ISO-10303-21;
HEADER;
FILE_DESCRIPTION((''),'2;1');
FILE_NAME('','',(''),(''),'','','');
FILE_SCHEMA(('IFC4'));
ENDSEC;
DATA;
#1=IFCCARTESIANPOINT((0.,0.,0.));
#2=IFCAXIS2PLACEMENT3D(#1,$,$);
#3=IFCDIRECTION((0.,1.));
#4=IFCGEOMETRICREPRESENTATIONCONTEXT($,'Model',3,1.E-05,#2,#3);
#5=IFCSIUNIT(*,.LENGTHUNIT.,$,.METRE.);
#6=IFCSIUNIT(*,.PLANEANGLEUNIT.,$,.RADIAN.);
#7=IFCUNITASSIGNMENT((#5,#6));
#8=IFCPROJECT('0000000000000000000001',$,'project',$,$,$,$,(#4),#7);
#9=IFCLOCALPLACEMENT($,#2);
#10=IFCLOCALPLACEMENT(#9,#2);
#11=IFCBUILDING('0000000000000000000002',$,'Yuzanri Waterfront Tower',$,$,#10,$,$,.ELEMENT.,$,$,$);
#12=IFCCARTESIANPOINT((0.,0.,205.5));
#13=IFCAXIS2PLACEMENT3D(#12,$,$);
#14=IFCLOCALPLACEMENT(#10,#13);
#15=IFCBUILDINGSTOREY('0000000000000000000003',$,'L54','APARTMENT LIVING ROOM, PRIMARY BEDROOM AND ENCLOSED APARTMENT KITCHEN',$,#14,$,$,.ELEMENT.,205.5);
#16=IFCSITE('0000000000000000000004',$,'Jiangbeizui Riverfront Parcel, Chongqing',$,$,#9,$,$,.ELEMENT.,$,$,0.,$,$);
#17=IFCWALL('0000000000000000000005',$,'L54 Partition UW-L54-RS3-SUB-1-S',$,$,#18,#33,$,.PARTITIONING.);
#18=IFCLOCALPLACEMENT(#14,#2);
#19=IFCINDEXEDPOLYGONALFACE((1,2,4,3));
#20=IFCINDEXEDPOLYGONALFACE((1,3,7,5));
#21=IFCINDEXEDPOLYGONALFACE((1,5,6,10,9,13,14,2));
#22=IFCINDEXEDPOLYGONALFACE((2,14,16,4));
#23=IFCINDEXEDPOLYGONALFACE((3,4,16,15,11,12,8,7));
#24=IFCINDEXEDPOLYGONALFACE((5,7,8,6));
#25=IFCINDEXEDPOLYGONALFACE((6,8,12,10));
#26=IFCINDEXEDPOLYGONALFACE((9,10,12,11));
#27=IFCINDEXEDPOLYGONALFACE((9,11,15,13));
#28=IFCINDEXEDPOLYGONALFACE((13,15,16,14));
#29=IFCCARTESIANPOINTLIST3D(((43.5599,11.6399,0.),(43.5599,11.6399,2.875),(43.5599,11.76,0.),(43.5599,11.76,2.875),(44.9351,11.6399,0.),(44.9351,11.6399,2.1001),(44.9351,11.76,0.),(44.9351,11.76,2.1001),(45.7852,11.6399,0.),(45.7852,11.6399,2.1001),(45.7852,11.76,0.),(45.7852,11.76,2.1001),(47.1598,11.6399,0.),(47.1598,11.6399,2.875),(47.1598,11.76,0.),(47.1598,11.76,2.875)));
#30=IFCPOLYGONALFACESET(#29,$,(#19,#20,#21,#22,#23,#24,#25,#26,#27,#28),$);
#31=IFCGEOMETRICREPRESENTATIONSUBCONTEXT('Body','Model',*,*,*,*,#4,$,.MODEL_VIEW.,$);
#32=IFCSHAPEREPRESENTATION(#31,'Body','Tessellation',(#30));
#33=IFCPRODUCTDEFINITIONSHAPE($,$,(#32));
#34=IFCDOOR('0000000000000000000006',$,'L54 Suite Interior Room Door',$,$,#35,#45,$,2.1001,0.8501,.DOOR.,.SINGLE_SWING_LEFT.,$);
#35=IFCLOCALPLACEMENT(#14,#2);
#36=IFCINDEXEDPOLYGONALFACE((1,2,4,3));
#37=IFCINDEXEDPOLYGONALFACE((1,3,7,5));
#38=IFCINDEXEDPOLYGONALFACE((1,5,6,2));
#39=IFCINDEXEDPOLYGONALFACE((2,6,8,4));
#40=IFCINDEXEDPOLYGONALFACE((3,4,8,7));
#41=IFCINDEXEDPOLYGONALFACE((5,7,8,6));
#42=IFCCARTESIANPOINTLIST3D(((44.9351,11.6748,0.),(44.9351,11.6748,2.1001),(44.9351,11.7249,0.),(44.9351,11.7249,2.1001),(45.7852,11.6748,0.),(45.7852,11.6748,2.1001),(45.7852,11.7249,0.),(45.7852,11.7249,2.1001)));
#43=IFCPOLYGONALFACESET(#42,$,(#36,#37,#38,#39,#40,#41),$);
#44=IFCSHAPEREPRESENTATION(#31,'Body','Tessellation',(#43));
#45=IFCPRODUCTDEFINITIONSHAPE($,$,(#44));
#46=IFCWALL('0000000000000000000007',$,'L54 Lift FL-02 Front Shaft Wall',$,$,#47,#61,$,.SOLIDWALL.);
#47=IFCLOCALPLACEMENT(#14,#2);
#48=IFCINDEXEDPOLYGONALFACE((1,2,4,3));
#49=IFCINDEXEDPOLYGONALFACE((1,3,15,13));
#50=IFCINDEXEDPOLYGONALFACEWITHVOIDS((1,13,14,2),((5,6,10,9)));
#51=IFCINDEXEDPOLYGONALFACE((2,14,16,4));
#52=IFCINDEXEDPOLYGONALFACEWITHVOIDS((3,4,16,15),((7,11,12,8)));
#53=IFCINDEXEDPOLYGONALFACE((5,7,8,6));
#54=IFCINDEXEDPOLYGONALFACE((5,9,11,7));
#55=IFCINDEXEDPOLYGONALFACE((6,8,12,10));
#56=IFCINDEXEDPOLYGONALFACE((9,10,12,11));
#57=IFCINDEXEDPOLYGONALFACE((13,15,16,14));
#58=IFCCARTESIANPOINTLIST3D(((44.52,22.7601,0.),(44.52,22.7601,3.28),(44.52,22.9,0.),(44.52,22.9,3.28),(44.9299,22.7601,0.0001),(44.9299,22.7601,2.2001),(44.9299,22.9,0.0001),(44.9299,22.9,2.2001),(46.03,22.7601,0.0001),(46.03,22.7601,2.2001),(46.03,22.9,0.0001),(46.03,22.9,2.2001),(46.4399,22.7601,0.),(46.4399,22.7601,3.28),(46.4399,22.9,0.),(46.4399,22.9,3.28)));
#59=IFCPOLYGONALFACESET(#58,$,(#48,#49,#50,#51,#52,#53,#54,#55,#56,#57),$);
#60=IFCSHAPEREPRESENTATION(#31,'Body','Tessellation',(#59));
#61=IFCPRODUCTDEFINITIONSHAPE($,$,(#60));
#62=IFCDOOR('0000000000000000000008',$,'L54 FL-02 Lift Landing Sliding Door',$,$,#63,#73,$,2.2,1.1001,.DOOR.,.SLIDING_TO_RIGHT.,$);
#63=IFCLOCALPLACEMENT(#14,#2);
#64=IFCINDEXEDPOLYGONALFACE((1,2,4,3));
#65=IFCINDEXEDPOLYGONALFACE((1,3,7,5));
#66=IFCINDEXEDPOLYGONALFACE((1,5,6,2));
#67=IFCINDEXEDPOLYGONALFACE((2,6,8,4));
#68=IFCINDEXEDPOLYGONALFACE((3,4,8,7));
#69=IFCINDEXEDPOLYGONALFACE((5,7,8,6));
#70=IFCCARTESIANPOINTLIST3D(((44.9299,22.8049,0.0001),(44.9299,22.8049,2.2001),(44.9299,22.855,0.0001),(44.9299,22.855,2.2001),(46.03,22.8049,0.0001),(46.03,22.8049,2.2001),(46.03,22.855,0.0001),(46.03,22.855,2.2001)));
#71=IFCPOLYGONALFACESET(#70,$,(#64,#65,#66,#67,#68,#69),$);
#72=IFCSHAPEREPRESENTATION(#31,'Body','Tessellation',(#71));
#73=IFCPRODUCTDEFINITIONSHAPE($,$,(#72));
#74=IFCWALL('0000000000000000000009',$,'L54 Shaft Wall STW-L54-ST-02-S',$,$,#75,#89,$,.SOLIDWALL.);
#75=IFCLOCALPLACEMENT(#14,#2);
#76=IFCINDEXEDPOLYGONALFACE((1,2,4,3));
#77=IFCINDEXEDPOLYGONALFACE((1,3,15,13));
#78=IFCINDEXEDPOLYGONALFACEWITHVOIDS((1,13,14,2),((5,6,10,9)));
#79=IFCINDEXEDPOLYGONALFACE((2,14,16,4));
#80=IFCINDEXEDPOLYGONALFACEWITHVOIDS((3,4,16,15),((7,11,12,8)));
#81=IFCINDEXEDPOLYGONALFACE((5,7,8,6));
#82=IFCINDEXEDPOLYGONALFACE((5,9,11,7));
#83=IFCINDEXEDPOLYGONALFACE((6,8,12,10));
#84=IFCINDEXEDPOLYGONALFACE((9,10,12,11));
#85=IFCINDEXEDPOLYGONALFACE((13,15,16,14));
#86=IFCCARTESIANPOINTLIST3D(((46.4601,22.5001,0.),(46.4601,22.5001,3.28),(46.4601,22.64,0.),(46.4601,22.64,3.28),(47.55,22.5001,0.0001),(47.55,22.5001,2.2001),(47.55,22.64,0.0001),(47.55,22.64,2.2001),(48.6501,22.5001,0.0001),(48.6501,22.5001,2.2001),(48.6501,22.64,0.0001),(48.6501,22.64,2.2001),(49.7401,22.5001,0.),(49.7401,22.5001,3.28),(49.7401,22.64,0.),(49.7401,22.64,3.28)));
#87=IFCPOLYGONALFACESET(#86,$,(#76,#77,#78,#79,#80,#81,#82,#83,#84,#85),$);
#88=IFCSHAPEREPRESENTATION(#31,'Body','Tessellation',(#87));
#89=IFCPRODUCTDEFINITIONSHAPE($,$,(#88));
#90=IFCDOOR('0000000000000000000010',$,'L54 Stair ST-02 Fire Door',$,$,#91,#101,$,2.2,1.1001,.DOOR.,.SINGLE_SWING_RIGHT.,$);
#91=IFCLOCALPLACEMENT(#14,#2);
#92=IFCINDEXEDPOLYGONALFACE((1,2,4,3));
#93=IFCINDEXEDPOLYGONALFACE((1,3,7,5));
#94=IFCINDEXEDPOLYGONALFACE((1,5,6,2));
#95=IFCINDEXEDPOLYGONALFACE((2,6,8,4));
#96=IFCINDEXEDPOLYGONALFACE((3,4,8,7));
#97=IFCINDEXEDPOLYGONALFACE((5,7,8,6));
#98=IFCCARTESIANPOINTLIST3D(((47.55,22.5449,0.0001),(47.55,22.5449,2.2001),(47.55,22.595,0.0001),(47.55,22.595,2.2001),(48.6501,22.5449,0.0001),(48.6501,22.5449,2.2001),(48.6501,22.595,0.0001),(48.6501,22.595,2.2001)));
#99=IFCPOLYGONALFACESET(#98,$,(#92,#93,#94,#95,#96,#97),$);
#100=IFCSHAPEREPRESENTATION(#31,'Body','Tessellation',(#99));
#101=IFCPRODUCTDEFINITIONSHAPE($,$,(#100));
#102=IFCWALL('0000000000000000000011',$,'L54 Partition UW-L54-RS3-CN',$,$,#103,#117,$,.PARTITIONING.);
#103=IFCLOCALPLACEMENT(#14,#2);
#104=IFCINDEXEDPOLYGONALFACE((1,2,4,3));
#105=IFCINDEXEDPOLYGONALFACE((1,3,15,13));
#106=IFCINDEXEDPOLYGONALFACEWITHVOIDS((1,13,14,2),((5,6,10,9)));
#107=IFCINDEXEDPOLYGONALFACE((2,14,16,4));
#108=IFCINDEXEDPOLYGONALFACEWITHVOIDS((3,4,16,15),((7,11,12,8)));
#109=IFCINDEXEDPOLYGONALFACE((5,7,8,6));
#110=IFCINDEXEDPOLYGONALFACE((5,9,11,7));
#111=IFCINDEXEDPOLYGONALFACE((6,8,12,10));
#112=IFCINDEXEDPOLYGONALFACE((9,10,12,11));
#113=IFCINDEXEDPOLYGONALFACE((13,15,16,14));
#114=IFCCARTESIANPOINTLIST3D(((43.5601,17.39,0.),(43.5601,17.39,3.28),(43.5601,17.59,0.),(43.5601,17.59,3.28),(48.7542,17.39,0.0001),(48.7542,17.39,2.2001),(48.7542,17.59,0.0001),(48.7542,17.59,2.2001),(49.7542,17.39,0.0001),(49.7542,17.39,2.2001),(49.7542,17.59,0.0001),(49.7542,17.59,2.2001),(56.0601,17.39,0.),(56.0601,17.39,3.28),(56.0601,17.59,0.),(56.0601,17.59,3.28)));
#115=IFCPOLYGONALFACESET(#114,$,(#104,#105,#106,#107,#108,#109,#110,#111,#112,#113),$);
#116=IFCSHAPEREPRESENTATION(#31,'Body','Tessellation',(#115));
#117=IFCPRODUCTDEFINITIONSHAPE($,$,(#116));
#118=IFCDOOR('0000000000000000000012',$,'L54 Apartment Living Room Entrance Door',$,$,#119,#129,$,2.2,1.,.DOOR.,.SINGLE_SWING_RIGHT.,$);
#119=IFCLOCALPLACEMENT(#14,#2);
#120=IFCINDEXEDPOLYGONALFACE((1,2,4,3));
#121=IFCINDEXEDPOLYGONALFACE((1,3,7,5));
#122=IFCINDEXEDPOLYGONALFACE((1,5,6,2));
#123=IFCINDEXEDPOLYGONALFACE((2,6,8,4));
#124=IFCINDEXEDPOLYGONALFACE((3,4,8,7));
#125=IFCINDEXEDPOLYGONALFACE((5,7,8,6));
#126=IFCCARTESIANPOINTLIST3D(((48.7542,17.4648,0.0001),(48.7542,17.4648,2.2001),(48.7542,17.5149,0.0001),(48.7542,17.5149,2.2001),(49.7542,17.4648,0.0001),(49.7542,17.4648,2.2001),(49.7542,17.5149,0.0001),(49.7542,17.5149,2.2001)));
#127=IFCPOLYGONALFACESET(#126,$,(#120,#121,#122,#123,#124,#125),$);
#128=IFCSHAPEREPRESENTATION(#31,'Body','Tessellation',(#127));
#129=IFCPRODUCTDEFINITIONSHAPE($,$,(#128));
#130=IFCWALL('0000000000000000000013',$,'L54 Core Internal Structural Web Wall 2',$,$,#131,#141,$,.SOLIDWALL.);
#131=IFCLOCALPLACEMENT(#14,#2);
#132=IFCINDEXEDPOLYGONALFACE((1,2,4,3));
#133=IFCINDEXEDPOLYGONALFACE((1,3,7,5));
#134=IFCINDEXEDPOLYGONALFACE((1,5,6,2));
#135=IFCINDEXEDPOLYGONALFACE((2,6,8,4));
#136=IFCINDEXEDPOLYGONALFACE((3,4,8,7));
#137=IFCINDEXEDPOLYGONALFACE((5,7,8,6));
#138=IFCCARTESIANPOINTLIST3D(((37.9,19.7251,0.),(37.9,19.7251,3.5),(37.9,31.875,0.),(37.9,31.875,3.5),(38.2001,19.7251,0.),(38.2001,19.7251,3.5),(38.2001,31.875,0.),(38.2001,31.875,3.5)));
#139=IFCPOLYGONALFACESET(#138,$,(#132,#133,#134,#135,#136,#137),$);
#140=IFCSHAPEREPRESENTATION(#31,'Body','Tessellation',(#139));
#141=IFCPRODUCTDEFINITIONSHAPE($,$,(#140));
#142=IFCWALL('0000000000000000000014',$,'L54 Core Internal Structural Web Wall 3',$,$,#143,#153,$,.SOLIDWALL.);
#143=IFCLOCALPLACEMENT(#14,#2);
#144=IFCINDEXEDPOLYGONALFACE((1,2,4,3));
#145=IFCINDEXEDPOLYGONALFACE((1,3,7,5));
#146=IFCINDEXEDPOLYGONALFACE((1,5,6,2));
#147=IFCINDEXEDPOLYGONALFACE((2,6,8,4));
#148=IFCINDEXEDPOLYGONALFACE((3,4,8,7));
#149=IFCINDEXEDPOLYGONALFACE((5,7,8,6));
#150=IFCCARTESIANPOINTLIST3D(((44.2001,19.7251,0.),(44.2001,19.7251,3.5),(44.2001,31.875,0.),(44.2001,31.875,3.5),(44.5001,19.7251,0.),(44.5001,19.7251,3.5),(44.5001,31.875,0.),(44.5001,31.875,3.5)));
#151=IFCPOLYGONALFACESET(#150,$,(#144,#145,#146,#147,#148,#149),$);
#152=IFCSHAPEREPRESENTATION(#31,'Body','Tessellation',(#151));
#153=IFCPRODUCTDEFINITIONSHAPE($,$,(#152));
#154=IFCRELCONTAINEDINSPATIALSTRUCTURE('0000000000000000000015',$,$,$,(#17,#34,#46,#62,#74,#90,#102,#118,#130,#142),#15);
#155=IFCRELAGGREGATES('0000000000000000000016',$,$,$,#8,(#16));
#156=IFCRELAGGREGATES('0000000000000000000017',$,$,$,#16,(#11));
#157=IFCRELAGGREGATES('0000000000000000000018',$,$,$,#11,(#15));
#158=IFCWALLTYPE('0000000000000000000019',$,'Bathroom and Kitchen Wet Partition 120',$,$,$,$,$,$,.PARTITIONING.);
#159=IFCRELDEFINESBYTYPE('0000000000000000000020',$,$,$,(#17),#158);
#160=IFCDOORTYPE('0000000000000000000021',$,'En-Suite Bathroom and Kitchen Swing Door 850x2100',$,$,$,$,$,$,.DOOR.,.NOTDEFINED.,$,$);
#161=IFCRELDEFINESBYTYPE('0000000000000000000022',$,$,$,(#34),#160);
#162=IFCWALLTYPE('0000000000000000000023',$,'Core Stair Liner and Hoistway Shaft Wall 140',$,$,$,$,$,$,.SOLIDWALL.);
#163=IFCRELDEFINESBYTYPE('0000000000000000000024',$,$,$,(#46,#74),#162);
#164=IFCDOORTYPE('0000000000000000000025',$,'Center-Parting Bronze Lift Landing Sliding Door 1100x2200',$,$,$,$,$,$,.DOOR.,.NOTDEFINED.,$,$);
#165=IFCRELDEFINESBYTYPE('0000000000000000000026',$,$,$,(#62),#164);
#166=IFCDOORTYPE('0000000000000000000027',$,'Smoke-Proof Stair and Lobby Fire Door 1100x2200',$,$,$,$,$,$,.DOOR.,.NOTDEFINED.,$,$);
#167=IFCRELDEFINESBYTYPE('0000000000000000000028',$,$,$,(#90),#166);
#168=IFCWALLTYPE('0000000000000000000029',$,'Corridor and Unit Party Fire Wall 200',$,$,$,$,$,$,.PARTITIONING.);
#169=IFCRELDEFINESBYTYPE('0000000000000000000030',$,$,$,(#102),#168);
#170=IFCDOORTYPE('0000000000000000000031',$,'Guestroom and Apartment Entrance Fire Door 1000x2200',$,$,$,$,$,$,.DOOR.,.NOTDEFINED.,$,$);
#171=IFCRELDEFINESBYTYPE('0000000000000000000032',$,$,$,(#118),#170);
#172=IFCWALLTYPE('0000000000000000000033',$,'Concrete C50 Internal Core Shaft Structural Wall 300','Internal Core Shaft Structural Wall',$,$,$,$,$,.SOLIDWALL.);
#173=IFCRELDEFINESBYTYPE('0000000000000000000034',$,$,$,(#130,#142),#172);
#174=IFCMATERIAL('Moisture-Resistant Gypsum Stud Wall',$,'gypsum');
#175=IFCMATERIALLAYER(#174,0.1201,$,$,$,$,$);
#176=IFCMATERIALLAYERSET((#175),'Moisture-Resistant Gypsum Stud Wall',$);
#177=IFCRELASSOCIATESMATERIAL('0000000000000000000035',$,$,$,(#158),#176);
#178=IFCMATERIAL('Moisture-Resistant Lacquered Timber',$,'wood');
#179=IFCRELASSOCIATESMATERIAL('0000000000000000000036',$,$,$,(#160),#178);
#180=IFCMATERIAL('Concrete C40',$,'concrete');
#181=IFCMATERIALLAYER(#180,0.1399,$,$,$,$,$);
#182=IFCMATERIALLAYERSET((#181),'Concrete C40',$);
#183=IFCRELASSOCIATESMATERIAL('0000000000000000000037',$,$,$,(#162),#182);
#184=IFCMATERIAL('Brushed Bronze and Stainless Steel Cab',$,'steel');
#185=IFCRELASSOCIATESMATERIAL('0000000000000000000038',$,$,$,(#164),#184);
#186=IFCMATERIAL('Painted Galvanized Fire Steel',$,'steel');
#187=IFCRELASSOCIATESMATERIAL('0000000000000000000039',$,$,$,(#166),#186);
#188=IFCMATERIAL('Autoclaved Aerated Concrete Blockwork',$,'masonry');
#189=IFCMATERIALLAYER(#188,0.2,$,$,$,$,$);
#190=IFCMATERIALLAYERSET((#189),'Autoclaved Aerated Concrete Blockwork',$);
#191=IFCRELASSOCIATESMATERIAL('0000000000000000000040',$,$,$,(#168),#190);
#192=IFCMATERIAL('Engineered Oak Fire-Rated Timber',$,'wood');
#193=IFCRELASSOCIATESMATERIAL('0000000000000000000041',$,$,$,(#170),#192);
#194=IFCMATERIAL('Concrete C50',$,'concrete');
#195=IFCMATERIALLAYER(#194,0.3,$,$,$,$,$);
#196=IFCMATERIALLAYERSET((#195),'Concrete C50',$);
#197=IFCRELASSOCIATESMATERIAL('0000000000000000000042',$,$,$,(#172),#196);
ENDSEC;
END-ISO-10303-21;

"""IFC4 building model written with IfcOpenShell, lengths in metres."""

from ifc_helpers import new_model, si_unit, direction, frame, frame_2d, origin, place, context, subcontext, project, spatial, rectangle, extrude, source, transform, mapped, material, layer, layer_set, type_object, element, fill, save


model = new_model("IFC4")

# Units and contexts
model_context = context("Model", 3, precision=1e-05, world=origin(), true_north=direction((0.0, 1.0)))
body_context = subcontext(model_context, "Body", "Model", "MODEL_VIEW")
ifc_project = project(units=[si_unit("LENGTHUNIT", "METRE"), si_unit("PLANEANGLEUNIT", "RADIAN")], contexts=[model_context])

# Site, building, storey
site_placement = place(None, origin())
site = spatial("IfcSite", under=ifc_project, at=site_placement, Name="Jiangbeizui Riverfront Parcel, Chongqing", CompositionType="ELEMENT", RefElevation=0.0)
building_placement = place(site_placement, origin())
building = spatial("IfcBuilding", under=site, at=building_placement, Name="Yuzanri Waterfront Tower", CompositionType="ELEMENT")
storey_placement = place(building_placement, frame((0.0, 0.0, 205.5)))
storey = spatial("IfcBuildingStorey", under=building, at=storey_placement, Name="L54", Description="APARTMENT LIVING ROOM, PRIMARY BEDROOM AND ENCLOSED APARTMENT KITCHEN", CompositionType="ELEMENT", Elevation=205.5)

# Walls, openings, doors
ifc_material_1 = material(Name="Moisture-Resistant Gypsum Stud Wall", Category="gypsum")
ifc_layer_1 = layer(ifc_material_1, 0.1201)
ifc_layer_set_1 = layer_set([ifc_layer_1], Name="Moisture-Resistant Gypsum Stud Wall")
wall_type_1 = type_object("IfcWallType", Name="Bathroom and Kitchen Wet Partition 120", PredefinedType="PARTITIONING", material=ifc_layer_set_1)
ifc_material_2 = material(Name="Moisture-Resistant Lacquered Timber", Category="wood")
door_type_1 = type_object("IfcDoorType", Name="En-Suite Bathroom and Kitchen Swing Door 850x2100", OperationType="NOTDEFINED", PredefinedType="DOOR", material=ifc_material_2)
shared_shape_1 = source(origin(), body_context, "Body", "SweptSolid", [
    extrude(rectangle(XDim=0.8501, YDim=2.1001, at=frame_2d((0.425, 1.05))), frame((0.0, 0.0249, 0.0), z_axis=(0.0, -1.0, 0.0), x_axis=(1.0, 0.0, 0.0)), (0.0, 0.0, 1.0), 0.05),
])
wall_1_placement = place(storey_placement, frame((43.5601, 11.7, 0.0), z_axis=(0.0, 0.0, 1.0), x_axis=(1.0, 0.0, 0.0)))
wall_1 = element("IfcWall", 1, at=wall_1_placement, inside=storey, type_object=wall_type_1, Name="L54 Partition UW-L54-RS3-SUB-1-S", PredefinedType="PARTITIONING", context=body_context, shape_type="SweptSolid", body=[
    extrude(rectangle(XDim=3.5999, YDim=0.1201, at=frame_2d((1.7998, 0.0))), origin(), (0.0, 0.0, 1.0), 2.875),
])
opening_1_placement = place(wall_1_placement, frame((1.375, 0.0, 0.0)))
opening_1 = element("IfcOpeningElement", 2, at=opening_1_placement, cuts=wall_1, PredefinedType="OPENING", context=body_context, shape_type="SweptSolid", body=[
    extrude(rectangle(XDim=0.8501, YDim=2.1001, at=frame_2d((0.425, 1.05))), frame((0.0, 0.075, 0.0), z_axis=(0.0, -1.0, 0.0), x_axis=(1.0, 0.0, 0.0)), (0.0, 0.0, 1.0), 0.1499),
])
door_1_placement = place(opening_1_placement, origin())
door_1 = element("IfcDoor", 3, at=door_1_placement, inside=storey, type_object=door_type_1, Name="L54 Suite Interior Room Door", OperationType="SINGLE_SWING_LEFT", OverallHeight=2.1001, OverallWidth=0.8501, PredefinedType="DOOR", context=body_context, shape_type="MappedRepresentation", body=[
    mapped(shared_shape_1, transform((0.0, 0.0, 0.0), scale=1.0)),
])
fill(opening_1, door_1)
ifc_material_3 = material(Name="Concrete C40", Category="concrete")
ifc_layer_2 = layer(ifc_material_3, 0.1399)
ifc_layer_set_2 = layer_set([ifc_layer_2], Name="Concrete C40")
wall_type_2 = type_object("IfcWallType", Name="Core Stair Liner and Hoistway Shaft Wall 140", PredefinedType="SOLIDWALL", material=ifc_layer_set_2)
wall_2_placement = place(storey_placement, frame((44.52, 22.8301, 0.0), z_axis=(0.0, 0.0, 1.0), x_axis=(1.0, 0.0, 0.0)))
wall_2 = element("IfcWall", 4, at=wall_2_placement, inside=storey, type_object=wall_type_2, Name="L54 Lift FL-02 Front Shaft Wall", PredefinedType="SOLIDWALL", context=body_context, shape_type="SweptSolid", body=[
    extrude(rectangle(XDim=1.9199, YDim=0.1399, at=frame_2d((0.96, 0.0))), origin(), (0.0, 0.0, 1.0), 3.28),
])
opening_2_placement = place(wall_2_placement, frame((0.4099, 0.0, 0.0)))
opening_2 = element("IfcOpeningElement", 5, at=opening_2_placement, cuts=wall_2, PredefinedType="OPENING", context=body_context, shape_type="SweptSolid", body=[
    extrude(rectangle(XDim=1.1001, YDim=2.2, at=frame_2d((0.55, 1.1001))), frame((0.0, 0.085, 0.0), z_axis=(0.0, -1.0, 0.0), x_axis=(1.0, 0.0, 0.0)), (0.0, 0.0, 1.0), 0.1697),
])
ifc_material_4 = material(Name="Brushed Bronze and Stainless Steel Cab", Category="steel")
door_type_2 = type_object("IfcDoorType", Name="Center-Parting Bronze Lift Landing Sliding Door 1100x2200", OperationType="NOTDEFINED", PredefinedType="DOOR", material=ifc_material_4)
shared_shape_2 = source(origin(), body_context, "Body", "SweptSolid", [
    extrude(rectangle(XDim=1.1001, YDim=2.2, at=frame_2d((0.55, 1.1001))), frame((0.0, 0.0249, 0.0), z_axis=(0.0, -1.0, 0.0), x_axis=(1.0, 0.0, 0.0)), (0.0, 0.0, 1.0), 0.05),
])
door_2_placement = place(opening_2_placement, origin())
door_2 = element("IfcDoor", 6, at=door_2_placement, inside=storey, type_object=door_type_2, Name="L54 FL-02 Lift Landing Sliding Door", OperationType="SLIDING_TO_RIGHT", OverallHeight=2.2, OverallWidth=1.1001, PredefinedType="DOOR", context=body_context, shape_type="MappedRepresentation", body=[
    mapped(shared_shape_2, transform((0.0, 0.0, 0.0), scale=1.0)),
])
fill(opening_2, door_2)
wall_3_placement = place(storey_placement, frame((46.46, 22.5701, 0.0), z_axis=(0.0, 0.0, 1.0), x_axis=(1.0, 0.0, 0.0)))
wall_3 = element("IfcWall", 7, at=wall_3_placement, inside=storey, type_object=wall_type_2, Name="L54 Shaft Wall STW-L54-ST-02-S", PredefinedType="SOLIDWALL", context=body_context, shape_type="SweptSolid", body=[
    extrude(rectangle(XDim=3.28, YDim=0.1399, at=frame_2d((1.6401, 0.0))), origin(), (0.0, 0.0, 1.0), 3.28),
])
opening_3_placement = place(wall_3_placement, frame((1.0901, 0.0, 0.0)))
opening_3 = element("IfcOpeningElement", 8, at=opening_3_placement, cuts=wall_3, PredefinedType="OPENING", context=body_context, shape_type="SweptSolid", body=[
    extrude(rectangle(XDim=1.1001, YDim=2.2, at=frame_2d((0.55, 1.1001))), frame((0.0, 0.085, 0.0), z_axis=(0.0, -1.0, 0.0), x_axis=(1.0, 0.0, 0.0)), (0.0, 0.0, 1.0), 0.1697),
])
ifc_material_5 = material(Name="Painted Galvanized Fire Steel", Category="steel")
door_type_3 = type_object("IfcDoorType", Name="Smoke-Proof Stair and Lobby Fire Door 1100x2200", OperationType="NOTDEFINED", PredefinedType="DOOR", material=ifc_material_5)
shared_shape_3 = source(origin(), body_context, "Body", "SweptSolid", [
    extrude(rectangle(XDim=1.1001, YDim=2.2, at=frame_2d((0.55, 1.1001))), frame((0.0, 0.0249, 0.0), z_axis=(0.0, -1.0, 0.0), x_axis=(1.0, 0.0, 0.0)), (0.0, 0.0, 1.0), 0.05),
])
door_3_placement = place(opening_3_placement, origin())
door_3 = element("IfcDoor", 9, at=door_3_placement, inside=storey, type_object=door_type_3, Name="L54 Stair ST-02 Fire Door", OperationType="SINGLE_SWING_RIGHT", OverallHeight=2.2, OverallWidth=1.1001, PredefinedType="DOOR", context=body_context, shape_type="MappedRepresentation", body=[
    mapped(shared_shape_3, transform((0.0, 0.0, 0.0), scale=1.0)),
])
fill(opening_3, door_3)
ifc_material_6 = material(Name="Autoclaved Aerated Concrete Blockwork", Category="masonry")
ifc_layer_3 = layer(ifc_material_6, 0.2)
ifc_layer_set_3 = layer_set([ifc_layer_3], Name="Autoclaved Aerated Concrete Blockwork")
wall_type_3 = type_object("IfcWallType", Name="Corridor and Unit Party Fire Wall 200", PredefinedType="PARTITIONING", material=ifc_layer_set_3)
wall_4_placement = place(storey_placement, frame((43.5601, 17.49, 0.0), z_axis=(0.0, 0.0, 1.0), x_axis=(1.0, 0.0, 0.0)))
wall_4 = element("IfcWall", 10, at=wall_4_placement, inside=storey, type_object=wall_type_3, Name="L54 Partition UW-L54-RS3-CN", PredefinedType="PARTITIONING", context=body_context, shape_type="SweptSolid", body=[
    extrude(rectangle(XDim=12.5, YDim=0.2, at=frame_2d((6.25, 0.0))), origin(), (0.0, 0.0, 1.0), 3.28),
])
opening_4_placement = place(wall_4_placement, frame((5.1941, 0.0, 0.0)))
opening_4 = element("IfcOpeningElement", 11, at=opening_4_placement, cuts=wall_4, PredefinedType="OPENING", context=body_context, shape_type="SweptSolid", body=[
    extrude(rectangle(XDim=1.0, YDim=2.2, at=frame_2d((0.5, 1.1001))), frame((0.0, 0.1147, 0.0), z_axis=(0.0, -1.0, 0.0), x_axis=(1.0, 0.0, 0.0)), (0.0, 0.0, 1.0), 0.2297),
])
ifc_material_7 = material(Name="Engineered Oak Fire-Rated Timber", Category="wood")
door_type_4 = type_object("IfcDoorType", Name="Guestroom and Apartment Entrance Fire Door 1000x2200", OperationType="NOTDEFINED", PredefinedType="DOOR", material=ifc_material_7)
shared_shape_4 = source(origin(), body_context, "Body", "SweptSolid", [
    extrude(rectangle(XDim=1.0, YDim=2.2, at=frame_2d((0.5, 1.1001))), frame((0.0, 0.0249, 0.0), z_axis=(0.0, -1.0, 0.0), x_axis=(1.0, 0.0, 0.0)), (0.0, 0.0, 1.0), 0.05),
])
door_4_placement = place(opening_4_placement, origin())
door_4 = element("IfcDoor", 12, at=door_4_placement, inside=storey, type_object=door_type_4, Name="L54 Apartment Living Room Entrance Door", OperationType="SINGLE_SWING_RIGHT", OverallHeight=2.2, OverallWidth=1.0, PredefinedType="DOOR", context=body_context, shape_type="MappedRepresentation", body=[
    mapped(shared_shape_4, transform((0.0, 0.0, 0.0), scale=1.0)),
])
fill(opening_4, door_4)

# Walls
ifc_material_8 = material(Name="Concrete C50", Category="concrete")
ifc_layer_4 = layer(ifc_material_8, 0.3)
ifc_layer_set_4 = layer_set([ifc_layer_4], Name="Concrete C50")
wall_type_4 = type_object("IfcWallType", Name="Concrete C50 Internal Core Shaft Structural Wall 300", Description="Internal Core Shaft Structural Wall", PredefinedType="SOLIDWALL", material=ifc_layer_set_4)
shared_shape_5 = source(origin(), body_context, "Body", "SweptSolid", [
    extrude(rectangle(XDim=12.1499, YDim=0.3, at=frame_2d((6.075, 0.0))), origin(), (0.0, 0.0, 1.0), 3.5),
])
for number, where, z_axis, x_axis, name in (
    (13, (38.05, 19.7251, 0.0), (0.0, 0.0, 1.0), (0.0, 1.0, 0.0), "L54 Core Internal Structural Web Wall 2"),
    (14, (44.3501, 19.7251, 0.0), (0.0, 0.0, 1.0), (0.0, 1.0, 0.0), "L54 Core Internal Structural Web Wall 3"),
):
    element("IfcWall", number, at=place(storey_placement, frame(where, z_axis=z_axis, x_axis=x_axis)), inside=storey, type_object=wall_type_4, Name=name, PredefinedType="SOLIDWALL", context=body_context, shape_type="MappedRepresentation", body=[
        mapped(shared_shape_5, transform((0.0, 0.0, 0.0), scale=1.0)),
    ])

save(model, "model.ifc")
